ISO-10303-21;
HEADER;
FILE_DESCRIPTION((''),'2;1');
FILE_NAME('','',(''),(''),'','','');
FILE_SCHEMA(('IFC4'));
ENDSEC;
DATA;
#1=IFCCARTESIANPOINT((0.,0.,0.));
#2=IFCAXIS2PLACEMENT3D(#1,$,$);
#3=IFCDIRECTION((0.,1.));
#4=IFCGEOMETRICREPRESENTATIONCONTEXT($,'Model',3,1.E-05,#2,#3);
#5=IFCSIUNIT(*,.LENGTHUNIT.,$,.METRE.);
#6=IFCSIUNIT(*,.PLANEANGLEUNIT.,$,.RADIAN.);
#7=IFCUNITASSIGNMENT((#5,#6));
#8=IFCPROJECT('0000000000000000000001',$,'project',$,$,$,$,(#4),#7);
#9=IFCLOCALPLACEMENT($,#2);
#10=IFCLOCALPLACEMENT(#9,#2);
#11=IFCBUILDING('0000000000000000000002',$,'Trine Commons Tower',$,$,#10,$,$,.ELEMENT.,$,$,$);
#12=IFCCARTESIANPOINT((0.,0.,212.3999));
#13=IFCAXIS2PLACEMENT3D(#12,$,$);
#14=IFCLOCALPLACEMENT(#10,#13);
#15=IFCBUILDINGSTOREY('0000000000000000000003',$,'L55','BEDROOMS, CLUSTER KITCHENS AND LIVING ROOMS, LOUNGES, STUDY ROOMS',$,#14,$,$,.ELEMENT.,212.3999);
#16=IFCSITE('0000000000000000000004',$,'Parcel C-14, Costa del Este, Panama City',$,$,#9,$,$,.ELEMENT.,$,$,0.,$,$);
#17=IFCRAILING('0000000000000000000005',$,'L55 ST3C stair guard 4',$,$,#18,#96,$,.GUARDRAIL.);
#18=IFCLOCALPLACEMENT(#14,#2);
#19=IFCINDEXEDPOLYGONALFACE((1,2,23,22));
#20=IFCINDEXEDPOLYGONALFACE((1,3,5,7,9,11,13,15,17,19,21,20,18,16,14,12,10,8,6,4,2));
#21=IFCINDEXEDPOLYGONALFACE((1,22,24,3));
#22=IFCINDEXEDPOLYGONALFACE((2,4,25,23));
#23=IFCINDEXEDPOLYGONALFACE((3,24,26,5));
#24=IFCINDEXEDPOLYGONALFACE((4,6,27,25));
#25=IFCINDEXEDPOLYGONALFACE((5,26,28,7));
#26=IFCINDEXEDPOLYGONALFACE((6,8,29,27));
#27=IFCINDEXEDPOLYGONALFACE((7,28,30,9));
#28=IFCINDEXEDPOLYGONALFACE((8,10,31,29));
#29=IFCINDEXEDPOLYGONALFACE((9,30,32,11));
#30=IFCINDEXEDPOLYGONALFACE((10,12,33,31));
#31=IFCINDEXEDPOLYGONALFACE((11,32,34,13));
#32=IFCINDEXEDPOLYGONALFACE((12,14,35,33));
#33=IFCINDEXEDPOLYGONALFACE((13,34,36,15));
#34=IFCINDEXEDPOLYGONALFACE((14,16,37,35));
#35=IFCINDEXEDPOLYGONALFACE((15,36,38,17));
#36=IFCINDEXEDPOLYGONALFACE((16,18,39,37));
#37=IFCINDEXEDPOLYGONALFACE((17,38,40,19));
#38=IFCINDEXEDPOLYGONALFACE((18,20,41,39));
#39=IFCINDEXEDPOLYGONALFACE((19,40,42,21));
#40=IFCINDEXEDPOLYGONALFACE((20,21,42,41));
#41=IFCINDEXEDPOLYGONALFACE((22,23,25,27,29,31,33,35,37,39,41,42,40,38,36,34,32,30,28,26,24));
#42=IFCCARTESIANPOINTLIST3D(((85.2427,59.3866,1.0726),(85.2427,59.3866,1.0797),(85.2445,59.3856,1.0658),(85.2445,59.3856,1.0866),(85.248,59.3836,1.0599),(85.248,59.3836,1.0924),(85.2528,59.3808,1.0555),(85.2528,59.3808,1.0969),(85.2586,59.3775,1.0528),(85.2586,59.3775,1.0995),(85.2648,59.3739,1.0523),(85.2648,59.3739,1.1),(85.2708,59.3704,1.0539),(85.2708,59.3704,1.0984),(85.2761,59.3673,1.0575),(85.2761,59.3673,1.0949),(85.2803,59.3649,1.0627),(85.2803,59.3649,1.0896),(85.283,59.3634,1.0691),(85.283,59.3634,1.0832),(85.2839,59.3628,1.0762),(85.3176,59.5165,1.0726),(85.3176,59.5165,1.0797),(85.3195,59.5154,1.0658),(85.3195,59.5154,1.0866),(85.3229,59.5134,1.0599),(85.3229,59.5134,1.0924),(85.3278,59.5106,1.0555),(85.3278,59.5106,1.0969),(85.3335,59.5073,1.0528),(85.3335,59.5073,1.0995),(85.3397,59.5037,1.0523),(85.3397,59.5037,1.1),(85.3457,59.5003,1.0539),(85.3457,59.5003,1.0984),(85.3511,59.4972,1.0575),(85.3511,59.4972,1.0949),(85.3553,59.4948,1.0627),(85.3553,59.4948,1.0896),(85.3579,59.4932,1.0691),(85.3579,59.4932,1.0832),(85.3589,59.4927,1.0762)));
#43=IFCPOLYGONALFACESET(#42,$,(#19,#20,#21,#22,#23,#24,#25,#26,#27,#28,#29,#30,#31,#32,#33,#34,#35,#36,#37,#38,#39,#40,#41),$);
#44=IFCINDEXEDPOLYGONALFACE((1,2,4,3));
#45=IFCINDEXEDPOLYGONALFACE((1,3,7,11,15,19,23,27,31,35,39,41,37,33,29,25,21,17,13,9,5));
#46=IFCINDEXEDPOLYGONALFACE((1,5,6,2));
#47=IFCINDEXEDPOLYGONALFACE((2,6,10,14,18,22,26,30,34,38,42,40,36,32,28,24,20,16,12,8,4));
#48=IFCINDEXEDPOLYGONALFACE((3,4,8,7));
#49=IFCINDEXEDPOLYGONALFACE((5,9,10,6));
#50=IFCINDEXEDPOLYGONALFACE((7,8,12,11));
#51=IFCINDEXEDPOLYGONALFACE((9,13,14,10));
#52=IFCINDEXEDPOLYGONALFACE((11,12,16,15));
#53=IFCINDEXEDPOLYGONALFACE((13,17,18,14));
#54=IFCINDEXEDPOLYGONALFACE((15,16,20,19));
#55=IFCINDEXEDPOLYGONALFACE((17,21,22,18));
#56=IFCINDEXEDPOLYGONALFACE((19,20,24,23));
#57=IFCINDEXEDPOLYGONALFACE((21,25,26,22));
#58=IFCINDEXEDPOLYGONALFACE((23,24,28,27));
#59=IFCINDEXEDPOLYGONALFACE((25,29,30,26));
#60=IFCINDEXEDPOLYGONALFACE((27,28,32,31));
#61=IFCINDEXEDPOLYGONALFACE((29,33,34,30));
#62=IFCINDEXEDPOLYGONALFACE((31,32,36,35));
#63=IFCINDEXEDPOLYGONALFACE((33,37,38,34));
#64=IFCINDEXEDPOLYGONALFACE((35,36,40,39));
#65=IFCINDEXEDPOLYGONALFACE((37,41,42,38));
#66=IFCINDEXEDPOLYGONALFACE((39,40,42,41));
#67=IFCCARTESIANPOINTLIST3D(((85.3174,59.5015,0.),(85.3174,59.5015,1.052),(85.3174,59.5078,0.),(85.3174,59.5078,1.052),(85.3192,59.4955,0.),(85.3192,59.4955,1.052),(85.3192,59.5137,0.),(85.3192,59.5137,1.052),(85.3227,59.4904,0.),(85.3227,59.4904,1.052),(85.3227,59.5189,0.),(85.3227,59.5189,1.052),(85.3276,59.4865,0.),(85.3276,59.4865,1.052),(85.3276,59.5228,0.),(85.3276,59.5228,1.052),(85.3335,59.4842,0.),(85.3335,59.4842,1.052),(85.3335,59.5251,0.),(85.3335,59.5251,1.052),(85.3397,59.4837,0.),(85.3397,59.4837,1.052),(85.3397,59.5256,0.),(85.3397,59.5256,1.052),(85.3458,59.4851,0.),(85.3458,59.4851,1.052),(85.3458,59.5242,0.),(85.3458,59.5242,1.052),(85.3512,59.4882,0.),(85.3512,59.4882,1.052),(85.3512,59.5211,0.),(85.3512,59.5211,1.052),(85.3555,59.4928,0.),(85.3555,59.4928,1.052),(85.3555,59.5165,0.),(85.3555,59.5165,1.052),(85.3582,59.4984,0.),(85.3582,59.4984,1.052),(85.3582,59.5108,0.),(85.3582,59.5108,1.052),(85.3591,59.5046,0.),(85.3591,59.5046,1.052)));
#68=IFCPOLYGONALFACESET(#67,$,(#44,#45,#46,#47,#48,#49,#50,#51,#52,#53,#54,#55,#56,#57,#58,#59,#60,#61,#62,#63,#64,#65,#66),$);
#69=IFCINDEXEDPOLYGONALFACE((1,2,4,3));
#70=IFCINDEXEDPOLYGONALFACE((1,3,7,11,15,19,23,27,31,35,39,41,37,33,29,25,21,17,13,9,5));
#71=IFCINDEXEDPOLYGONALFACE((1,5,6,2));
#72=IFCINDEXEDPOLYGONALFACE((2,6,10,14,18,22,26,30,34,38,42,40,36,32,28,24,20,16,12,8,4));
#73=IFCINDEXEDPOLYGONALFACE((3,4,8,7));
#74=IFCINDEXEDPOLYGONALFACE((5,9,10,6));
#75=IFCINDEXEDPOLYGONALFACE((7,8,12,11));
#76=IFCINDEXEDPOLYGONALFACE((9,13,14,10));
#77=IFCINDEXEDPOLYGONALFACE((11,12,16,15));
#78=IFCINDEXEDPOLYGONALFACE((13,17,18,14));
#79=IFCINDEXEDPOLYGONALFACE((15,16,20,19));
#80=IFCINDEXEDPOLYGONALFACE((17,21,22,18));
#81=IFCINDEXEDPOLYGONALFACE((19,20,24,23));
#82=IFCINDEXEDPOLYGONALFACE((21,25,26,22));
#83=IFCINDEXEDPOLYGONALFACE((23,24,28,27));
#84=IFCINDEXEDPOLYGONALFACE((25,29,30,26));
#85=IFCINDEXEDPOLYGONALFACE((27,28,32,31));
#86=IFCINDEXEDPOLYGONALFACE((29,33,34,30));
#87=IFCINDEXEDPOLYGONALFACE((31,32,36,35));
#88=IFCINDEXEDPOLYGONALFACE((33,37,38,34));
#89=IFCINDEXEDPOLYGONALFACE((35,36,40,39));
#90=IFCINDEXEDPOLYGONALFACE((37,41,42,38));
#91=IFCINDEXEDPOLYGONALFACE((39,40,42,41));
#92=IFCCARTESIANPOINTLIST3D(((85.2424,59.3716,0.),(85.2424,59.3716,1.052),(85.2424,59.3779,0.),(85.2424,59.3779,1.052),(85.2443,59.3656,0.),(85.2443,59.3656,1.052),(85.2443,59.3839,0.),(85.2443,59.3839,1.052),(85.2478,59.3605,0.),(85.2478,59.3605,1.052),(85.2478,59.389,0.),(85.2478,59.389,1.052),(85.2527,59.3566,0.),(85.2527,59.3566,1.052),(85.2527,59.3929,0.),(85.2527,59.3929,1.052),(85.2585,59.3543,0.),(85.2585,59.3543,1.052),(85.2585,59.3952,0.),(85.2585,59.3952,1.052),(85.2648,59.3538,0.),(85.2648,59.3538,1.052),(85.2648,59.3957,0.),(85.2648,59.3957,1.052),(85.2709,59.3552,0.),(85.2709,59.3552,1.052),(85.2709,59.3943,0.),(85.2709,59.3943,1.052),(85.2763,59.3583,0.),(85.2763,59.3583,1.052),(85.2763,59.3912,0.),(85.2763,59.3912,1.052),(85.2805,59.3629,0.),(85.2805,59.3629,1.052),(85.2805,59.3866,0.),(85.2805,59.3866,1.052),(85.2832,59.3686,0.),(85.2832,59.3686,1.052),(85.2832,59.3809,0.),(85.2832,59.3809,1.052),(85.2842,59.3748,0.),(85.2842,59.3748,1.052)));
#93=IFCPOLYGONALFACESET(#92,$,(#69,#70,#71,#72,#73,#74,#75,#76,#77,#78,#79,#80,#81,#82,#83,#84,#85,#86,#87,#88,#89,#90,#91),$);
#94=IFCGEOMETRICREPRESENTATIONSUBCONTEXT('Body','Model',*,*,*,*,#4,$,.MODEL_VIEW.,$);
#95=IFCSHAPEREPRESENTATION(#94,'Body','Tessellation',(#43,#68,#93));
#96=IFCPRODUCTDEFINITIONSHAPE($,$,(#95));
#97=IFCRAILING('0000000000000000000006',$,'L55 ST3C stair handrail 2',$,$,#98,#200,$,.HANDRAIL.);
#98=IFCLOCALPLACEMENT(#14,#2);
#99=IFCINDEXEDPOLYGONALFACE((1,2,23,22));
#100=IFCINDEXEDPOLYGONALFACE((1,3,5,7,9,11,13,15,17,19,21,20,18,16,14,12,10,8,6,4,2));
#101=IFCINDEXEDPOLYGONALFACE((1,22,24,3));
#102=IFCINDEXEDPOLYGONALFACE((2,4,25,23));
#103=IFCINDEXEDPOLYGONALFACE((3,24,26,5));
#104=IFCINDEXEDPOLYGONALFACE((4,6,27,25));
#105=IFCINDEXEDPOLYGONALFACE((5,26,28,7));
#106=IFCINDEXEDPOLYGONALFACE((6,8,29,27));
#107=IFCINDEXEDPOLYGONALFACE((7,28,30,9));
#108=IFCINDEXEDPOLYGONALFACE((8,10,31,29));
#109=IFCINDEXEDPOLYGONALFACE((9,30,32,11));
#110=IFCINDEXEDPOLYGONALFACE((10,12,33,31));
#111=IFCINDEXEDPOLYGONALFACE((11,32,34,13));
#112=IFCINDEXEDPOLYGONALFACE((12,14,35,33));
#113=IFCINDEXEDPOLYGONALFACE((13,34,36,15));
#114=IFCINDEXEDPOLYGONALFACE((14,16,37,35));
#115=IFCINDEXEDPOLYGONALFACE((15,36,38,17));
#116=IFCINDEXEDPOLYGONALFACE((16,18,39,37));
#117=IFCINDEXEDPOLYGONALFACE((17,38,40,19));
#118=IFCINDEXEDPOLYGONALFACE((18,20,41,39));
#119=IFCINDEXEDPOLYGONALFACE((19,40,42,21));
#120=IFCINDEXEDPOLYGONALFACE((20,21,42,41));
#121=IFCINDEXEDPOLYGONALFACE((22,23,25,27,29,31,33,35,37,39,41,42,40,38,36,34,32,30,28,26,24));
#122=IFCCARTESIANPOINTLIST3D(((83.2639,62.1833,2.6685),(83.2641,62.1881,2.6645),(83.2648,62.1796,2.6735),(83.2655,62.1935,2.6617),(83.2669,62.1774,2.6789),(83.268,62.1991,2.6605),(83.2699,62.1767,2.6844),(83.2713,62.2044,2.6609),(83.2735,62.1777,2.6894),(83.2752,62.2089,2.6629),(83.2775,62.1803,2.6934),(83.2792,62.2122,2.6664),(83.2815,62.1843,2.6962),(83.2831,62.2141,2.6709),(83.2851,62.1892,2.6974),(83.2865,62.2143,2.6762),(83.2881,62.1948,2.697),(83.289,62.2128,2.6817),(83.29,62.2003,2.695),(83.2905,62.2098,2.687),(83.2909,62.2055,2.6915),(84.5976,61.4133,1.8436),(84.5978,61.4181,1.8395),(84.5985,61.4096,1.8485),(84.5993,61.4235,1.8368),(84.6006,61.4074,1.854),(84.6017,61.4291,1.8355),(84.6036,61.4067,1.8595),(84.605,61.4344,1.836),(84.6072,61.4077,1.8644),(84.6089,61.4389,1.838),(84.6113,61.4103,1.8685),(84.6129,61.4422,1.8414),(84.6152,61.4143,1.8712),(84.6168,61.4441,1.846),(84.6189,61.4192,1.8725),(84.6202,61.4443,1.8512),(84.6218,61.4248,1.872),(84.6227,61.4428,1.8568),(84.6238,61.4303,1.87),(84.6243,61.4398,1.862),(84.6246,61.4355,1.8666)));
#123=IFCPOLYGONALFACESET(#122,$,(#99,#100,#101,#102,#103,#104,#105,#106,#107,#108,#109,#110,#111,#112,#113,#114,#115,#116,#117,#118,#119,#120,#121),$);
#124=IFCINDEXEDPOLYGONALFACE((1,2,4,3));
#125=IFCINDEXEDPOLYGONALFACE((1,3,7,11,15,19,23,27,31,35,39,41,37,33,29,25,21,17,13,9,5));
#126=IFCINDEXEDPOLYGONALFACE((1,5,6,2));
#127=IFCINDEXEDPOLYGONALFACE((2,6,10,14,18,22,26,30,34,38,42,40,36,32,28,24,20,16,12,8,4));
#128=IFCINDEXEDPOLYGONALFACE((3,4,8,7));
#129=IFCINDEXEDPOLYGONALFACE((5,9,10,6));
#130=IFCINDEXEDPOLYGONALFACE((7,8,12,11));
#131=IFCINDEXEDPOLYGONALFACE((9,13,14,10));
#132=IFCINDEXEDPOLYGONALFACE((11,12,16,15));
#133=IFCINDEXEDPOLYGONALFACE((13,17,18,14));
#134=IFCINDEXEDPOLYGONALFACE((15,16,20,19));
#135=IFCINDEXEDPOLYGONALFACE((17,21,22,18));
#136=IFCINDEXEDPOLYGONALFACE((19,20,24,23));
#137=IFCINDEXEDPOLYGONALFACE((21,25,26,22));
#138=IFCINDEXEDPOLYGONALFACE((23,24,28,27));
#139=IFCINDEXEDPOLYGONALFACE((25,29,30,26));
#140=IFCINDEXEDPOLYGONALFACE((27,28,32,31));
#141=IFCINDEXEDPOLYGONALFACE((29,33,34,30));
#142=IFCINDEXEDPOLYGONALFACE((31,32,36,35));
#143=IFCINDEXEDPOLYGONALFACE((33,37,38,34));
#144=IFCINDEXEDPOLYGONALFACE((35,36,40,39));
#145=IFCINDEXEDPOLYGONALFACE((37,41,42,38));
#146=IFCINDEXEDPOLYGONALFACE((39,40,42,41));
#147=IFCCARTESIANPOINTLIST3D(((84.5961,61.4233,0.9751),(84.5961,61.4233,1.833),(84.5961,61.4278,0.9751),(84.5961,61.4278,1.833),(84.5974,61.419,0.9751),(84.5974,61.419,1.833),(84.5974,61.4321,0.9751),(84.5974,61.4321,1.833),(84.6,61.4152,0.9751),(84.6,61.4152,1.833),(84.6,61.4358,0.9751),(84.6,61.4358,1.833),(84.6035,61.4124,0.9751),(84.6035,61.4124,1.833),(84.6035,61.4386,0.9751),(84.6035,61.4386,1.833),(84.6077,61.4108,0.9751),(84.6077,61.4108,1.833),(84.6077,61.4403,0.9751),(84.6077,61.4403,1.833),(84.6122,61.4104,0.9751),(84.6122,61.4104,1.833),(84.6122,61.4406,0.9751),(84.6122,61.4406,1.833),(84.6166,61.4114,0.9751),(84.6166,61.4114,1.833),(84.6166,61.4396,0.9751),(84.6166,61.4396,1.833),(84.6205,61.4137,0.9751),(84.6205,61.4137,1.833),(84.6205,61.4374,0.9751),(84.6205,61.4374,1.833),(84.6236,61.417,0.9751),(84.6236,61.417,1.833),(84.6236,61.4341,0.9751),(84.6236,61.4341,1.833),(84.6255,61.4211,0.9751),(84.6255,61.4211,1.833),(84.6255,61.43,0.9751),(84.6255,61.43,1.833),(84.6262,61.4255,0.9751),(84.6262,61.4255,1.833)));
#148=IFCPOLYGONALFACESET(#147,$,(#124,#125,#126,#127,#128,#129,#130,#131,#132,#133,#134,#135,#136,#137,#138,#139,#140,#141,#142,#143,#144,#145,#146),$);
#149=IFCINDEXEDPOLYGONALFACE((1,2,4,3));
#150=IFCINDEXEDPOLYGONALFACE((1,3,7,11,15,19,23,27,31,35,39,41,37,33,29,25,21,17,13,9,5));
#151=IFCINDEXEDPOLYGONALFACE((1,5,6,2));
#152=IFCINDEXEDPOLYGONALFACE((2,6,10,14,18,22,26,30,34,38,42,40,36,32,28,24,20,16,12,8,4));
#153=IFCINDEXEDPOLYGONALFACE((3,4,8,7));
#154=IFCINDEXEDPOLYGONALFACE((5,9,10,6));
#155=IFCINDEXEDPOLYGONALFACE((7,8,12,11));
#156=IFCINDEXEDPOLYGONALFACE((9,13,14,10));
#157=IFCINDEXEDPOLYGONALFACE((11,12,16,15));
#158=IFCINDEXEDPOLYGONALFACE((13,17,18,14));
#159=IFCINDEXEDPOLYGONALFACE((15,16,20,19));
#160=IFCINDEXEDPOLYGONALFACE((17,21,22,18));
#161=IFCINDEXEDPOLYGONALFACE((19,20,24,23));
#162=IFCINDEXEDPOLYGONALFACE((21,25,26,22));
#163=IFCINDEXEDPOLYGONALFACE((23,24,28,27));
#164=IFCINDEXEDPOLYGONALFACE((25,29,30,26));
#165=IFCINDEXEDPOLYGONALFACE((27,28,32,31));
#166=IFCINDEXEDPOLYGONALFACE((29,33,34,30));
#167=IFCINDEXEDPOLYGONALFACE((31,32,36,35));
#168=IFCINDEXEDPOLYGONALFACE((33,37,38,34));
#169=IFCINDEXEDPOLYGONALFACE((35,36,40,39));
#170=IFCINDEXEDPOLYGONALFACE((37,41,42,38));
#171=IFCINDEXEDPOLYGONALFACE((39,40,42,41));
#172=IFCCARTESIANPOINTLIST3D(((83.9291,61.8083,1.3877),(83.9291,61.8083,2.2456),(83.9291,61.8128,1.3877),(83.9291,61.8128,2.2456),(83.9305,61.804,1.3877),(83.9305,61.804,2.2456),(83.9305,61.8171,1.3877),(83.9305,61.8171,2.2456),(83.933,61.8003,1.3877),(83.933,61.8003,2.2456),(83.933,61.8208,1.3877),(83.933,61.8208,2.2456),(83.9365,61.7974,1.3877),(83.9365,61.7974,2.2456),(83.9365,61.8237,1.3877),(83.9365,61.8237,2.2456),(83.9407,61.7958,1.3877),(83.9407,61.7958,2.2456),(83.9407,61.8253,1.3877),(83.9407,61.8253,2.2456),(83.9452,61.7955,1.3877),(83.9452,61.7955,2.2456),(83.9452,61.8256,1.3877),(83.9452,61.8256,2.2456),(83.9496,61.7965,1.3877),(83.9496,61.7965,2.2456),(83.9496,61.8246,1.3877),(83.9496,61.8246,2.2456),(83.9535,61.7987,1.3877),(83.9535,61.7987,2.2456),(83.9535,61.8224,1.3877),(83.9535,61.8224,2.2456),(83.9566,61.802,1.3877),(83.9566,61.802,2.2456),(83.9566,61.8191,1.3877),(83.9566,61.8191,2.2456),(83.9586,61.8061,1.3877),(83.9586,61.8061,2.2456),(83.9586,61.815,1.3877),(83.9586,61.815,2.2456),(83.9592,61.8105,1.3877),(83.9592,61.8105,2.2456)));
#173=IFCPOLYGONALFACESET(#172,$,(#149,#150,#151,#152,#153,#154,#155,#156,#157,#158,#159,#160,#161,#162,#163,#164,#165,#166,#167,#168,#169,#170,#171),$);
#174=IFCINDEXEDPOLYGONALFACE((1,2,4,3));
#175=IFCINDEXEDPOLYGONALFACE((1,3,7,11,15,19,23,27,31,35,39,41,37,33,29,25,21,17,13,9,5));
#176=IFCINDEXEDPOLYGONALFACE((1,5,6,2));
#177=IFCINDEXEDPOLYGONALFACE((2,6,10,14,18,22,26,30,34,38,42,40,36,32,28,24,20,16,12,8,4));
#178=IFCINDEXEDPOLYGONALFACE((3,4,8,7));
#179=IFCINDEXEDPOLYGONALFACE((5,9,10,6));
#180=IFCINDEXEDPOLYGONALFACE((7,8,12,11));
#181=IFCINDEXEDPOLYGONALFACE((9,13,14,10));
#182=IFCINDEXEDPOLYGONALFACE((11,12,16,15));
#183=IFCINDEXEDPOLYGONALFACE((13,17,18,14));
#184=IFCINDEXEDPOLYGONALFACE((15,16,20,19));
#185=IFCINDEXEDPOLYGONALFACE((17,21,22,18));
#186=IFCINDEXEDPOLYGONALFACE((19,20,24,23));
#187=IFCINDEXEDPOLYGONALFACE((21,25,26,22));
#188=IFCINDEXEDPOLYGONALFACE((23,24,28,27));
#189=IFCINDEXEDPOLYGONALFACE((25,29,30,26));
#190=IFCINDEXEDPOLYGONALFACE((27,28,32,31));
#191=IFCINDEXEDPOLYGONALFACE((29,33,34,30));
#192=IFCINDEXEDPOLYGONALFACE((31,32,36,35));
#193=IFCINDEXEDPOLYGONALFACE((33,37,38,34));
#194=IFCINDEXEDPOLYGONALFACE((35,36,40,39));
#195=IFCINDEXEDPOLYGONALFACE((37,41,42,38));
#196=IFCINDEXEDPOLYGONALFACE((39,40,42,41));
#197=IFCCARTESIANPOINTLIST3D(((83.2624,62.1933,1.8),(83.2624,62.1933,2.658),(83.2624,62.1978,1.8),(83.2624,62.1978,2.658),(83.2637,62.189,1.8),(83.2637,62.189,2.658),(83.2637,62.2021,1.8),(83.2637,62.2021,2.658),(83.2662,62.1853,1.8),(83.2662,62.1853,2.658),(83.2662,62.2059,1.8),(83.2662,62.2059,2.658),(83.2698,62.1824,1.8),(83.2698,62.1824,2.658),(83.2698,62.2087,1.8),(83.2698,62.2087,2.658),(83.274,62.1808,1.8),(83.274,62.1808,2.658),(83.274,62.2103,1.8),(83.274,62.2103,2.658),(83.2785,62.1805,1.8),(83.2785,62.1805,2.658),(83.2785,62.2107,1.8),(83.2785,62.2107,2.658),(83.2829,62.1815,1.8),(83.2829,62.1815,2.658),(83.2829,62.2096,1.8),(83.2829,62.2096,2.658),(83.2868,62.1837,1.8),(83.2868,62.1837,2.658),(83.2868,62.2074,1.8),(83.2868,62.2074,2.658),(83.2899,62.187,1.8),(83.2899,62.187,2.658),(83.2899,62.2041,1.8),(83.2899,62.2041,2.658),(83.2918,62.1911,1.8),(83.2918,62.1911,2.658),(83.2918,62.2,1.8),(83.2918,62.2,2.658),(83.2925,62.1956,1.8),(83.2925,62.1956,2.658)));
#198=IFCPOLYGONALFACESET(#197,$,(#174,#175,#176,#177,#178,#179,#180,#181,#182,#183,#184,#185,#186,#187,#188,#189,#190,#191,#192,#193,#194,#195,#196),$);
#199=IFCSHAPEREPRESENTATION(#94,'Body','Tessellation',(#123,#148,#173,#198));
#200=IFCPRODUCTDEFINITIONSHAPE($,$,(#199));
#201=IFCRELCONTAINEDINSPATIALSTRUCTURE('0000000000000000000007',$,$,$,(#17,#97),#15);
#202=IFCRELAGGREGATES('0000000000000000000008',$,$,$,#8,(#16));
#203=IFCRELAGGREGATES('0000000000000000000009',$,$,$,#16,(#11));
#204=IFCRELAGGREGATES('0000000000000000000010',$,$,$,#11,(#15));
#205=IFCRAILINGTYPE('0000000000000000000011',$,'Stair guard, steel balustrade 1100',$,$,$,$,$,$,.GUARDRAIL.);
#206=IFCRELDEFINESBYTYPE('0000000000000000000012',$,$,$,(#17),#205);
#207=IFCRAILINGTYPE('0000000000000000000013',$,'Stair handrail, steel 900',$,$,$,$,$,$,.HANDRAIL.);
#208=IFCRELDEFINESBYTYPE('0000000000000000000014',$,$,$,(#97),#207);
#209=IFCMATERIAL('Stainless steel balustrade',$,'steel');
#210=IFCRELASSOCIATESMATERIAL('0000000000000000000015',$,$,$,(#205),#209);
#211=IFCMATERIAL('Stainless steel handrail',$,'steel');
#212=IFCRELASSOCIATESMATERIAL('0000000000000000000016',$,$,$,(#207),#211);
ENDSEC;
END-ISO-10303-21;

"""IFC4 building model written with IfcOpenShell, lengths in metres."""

from ifc_helpers import new_model, si_unit, direction, frame, origin, origin_2d, place, context, subcontext, project, spatial, circle, extrude, material, type_object, element, save


model = new_model("IFC4")

# Units and contexts
model_context = context("Model", 3, precision=1e-05, world=origin(), true_north=direction((0.0, 1.0)))
body_context = subcontext(model_context, "Body", "Model", "MODEL_VIEW")
ifc_project = project(units=[si_unit("LENGTHUNIT", "METRE"), si_unit("PLANEANGLEUNIT", "RADIAN")], contexts=[model_context])

# Site, building, storey
site_placement = place(None, origin())
site = spatial("IfcSite", under=ifc_project, at=site_placement, Name="Parcel C-14, Costa del Este, Panama City", CompositionType="ELEMENT", RefElevation=0.0)
building_placement = place(site_placement, origin())
building = spatial("IfcBuilding", under=site, at=building_placement, Name="Trine Commons Tower", CompositionType="ELEMENT")
storey_placement = place(building_placement, frame((0.0, 0.0, 212.3999)))
storey = spatial("IfcBuildingStorey", under=building, at=storey_placement, Name="L55", Description="BEDROOMS, CLUSTER KITCHENS AND LIVING ROOMS, LOUNGES, STUDY ROOMS", CompositionType="ELEMENT", Elevation=212.3999)

# Railings
ifc_material_1 = material(Name="Stainless steel balustrade", Category="steel")
railing_type_1 = type_object("IfcRailingType", Name="Stair guard, steel balustrade 1100", PredefinedType="GUARDRAIL", material=ifc_material_1)
railing_1_placement = place(storey_placement, frame((85.3381, 59.5046, 0.0)))
element("IfcRailing", 1, at=railing_1_placement, inside=storey, type_object=railing_type_1, Name="L55 ST3C stair guard 4", PredefinedType="GUARDRAIL", context=body_context, shape_type="SweptSolid", body=[
    extrude(circle(Radius=0.0239, at=origin_2d()), frame((0.0, 0.0, 1.0762), z_axis=(-0.499816, -0.866131, 0.0), x_axis=(0.866131, -0.499816, 0.0)), (0.0, 0.0, 1.0), 0.1499),
    extrude(circle(Radius=0.021, at=origin_2d()), origin(), (0.0, 0.0, 1.0), 1.052),
    extrude(circle(Radius=0.021, at=origin_2d()), frame((-0.075, -0.1299, 0.0)), (0.0, 0.0, 1.0), 1.052),
])
ifc_material_2 = material(Name="Stainless steel handrail", Category="steel")
railing_type_2 = type_object("IfcRailingType", Name="Stair handrail, steel 900", PredefinedType="HANDRAIL", material=ifc_material_2)
railing_2_placement = place(storey_placement, frame((84.6111, 61.4255, 0.9751)))
element("IfcRailing", 2, at=railing_2_placement, inside=storey, type_object=railing_type_2, Name="L55 ST3C stair handrail 2", PredefinedType="HANDRAIL", context=body_context, shape_type="SweptSolid", body=[
    extrude(circle(Radius=0.021, at=origin_2d()), frame((0.0, 0.0, 0.8789), z_axis=(-0.763405, 0.440743, 0.472185), x_axis=(-0.499992, -0.86603, 0.0)), (0.0, 0.0, 1.0), 1.7471),
    extrude(circle(Radius=0.0151, at=origin_2d()), origin(), (0.0, 0.0, 1.0), 0.8579),
    extrude(circle(Radius=0.0151, at=origin_2d()), frame((-0.667, 0.385, 0.4126)), (0.0, 0.0, 1.0), 0.8579),
    extrude(circle(Radius=0.0151, at=origin_2d()), frame((-1.3337, 0.77, 0.825)), (0.0, 0.0, 1.0), 0.8579),
])

save(model, "model.ifc")
